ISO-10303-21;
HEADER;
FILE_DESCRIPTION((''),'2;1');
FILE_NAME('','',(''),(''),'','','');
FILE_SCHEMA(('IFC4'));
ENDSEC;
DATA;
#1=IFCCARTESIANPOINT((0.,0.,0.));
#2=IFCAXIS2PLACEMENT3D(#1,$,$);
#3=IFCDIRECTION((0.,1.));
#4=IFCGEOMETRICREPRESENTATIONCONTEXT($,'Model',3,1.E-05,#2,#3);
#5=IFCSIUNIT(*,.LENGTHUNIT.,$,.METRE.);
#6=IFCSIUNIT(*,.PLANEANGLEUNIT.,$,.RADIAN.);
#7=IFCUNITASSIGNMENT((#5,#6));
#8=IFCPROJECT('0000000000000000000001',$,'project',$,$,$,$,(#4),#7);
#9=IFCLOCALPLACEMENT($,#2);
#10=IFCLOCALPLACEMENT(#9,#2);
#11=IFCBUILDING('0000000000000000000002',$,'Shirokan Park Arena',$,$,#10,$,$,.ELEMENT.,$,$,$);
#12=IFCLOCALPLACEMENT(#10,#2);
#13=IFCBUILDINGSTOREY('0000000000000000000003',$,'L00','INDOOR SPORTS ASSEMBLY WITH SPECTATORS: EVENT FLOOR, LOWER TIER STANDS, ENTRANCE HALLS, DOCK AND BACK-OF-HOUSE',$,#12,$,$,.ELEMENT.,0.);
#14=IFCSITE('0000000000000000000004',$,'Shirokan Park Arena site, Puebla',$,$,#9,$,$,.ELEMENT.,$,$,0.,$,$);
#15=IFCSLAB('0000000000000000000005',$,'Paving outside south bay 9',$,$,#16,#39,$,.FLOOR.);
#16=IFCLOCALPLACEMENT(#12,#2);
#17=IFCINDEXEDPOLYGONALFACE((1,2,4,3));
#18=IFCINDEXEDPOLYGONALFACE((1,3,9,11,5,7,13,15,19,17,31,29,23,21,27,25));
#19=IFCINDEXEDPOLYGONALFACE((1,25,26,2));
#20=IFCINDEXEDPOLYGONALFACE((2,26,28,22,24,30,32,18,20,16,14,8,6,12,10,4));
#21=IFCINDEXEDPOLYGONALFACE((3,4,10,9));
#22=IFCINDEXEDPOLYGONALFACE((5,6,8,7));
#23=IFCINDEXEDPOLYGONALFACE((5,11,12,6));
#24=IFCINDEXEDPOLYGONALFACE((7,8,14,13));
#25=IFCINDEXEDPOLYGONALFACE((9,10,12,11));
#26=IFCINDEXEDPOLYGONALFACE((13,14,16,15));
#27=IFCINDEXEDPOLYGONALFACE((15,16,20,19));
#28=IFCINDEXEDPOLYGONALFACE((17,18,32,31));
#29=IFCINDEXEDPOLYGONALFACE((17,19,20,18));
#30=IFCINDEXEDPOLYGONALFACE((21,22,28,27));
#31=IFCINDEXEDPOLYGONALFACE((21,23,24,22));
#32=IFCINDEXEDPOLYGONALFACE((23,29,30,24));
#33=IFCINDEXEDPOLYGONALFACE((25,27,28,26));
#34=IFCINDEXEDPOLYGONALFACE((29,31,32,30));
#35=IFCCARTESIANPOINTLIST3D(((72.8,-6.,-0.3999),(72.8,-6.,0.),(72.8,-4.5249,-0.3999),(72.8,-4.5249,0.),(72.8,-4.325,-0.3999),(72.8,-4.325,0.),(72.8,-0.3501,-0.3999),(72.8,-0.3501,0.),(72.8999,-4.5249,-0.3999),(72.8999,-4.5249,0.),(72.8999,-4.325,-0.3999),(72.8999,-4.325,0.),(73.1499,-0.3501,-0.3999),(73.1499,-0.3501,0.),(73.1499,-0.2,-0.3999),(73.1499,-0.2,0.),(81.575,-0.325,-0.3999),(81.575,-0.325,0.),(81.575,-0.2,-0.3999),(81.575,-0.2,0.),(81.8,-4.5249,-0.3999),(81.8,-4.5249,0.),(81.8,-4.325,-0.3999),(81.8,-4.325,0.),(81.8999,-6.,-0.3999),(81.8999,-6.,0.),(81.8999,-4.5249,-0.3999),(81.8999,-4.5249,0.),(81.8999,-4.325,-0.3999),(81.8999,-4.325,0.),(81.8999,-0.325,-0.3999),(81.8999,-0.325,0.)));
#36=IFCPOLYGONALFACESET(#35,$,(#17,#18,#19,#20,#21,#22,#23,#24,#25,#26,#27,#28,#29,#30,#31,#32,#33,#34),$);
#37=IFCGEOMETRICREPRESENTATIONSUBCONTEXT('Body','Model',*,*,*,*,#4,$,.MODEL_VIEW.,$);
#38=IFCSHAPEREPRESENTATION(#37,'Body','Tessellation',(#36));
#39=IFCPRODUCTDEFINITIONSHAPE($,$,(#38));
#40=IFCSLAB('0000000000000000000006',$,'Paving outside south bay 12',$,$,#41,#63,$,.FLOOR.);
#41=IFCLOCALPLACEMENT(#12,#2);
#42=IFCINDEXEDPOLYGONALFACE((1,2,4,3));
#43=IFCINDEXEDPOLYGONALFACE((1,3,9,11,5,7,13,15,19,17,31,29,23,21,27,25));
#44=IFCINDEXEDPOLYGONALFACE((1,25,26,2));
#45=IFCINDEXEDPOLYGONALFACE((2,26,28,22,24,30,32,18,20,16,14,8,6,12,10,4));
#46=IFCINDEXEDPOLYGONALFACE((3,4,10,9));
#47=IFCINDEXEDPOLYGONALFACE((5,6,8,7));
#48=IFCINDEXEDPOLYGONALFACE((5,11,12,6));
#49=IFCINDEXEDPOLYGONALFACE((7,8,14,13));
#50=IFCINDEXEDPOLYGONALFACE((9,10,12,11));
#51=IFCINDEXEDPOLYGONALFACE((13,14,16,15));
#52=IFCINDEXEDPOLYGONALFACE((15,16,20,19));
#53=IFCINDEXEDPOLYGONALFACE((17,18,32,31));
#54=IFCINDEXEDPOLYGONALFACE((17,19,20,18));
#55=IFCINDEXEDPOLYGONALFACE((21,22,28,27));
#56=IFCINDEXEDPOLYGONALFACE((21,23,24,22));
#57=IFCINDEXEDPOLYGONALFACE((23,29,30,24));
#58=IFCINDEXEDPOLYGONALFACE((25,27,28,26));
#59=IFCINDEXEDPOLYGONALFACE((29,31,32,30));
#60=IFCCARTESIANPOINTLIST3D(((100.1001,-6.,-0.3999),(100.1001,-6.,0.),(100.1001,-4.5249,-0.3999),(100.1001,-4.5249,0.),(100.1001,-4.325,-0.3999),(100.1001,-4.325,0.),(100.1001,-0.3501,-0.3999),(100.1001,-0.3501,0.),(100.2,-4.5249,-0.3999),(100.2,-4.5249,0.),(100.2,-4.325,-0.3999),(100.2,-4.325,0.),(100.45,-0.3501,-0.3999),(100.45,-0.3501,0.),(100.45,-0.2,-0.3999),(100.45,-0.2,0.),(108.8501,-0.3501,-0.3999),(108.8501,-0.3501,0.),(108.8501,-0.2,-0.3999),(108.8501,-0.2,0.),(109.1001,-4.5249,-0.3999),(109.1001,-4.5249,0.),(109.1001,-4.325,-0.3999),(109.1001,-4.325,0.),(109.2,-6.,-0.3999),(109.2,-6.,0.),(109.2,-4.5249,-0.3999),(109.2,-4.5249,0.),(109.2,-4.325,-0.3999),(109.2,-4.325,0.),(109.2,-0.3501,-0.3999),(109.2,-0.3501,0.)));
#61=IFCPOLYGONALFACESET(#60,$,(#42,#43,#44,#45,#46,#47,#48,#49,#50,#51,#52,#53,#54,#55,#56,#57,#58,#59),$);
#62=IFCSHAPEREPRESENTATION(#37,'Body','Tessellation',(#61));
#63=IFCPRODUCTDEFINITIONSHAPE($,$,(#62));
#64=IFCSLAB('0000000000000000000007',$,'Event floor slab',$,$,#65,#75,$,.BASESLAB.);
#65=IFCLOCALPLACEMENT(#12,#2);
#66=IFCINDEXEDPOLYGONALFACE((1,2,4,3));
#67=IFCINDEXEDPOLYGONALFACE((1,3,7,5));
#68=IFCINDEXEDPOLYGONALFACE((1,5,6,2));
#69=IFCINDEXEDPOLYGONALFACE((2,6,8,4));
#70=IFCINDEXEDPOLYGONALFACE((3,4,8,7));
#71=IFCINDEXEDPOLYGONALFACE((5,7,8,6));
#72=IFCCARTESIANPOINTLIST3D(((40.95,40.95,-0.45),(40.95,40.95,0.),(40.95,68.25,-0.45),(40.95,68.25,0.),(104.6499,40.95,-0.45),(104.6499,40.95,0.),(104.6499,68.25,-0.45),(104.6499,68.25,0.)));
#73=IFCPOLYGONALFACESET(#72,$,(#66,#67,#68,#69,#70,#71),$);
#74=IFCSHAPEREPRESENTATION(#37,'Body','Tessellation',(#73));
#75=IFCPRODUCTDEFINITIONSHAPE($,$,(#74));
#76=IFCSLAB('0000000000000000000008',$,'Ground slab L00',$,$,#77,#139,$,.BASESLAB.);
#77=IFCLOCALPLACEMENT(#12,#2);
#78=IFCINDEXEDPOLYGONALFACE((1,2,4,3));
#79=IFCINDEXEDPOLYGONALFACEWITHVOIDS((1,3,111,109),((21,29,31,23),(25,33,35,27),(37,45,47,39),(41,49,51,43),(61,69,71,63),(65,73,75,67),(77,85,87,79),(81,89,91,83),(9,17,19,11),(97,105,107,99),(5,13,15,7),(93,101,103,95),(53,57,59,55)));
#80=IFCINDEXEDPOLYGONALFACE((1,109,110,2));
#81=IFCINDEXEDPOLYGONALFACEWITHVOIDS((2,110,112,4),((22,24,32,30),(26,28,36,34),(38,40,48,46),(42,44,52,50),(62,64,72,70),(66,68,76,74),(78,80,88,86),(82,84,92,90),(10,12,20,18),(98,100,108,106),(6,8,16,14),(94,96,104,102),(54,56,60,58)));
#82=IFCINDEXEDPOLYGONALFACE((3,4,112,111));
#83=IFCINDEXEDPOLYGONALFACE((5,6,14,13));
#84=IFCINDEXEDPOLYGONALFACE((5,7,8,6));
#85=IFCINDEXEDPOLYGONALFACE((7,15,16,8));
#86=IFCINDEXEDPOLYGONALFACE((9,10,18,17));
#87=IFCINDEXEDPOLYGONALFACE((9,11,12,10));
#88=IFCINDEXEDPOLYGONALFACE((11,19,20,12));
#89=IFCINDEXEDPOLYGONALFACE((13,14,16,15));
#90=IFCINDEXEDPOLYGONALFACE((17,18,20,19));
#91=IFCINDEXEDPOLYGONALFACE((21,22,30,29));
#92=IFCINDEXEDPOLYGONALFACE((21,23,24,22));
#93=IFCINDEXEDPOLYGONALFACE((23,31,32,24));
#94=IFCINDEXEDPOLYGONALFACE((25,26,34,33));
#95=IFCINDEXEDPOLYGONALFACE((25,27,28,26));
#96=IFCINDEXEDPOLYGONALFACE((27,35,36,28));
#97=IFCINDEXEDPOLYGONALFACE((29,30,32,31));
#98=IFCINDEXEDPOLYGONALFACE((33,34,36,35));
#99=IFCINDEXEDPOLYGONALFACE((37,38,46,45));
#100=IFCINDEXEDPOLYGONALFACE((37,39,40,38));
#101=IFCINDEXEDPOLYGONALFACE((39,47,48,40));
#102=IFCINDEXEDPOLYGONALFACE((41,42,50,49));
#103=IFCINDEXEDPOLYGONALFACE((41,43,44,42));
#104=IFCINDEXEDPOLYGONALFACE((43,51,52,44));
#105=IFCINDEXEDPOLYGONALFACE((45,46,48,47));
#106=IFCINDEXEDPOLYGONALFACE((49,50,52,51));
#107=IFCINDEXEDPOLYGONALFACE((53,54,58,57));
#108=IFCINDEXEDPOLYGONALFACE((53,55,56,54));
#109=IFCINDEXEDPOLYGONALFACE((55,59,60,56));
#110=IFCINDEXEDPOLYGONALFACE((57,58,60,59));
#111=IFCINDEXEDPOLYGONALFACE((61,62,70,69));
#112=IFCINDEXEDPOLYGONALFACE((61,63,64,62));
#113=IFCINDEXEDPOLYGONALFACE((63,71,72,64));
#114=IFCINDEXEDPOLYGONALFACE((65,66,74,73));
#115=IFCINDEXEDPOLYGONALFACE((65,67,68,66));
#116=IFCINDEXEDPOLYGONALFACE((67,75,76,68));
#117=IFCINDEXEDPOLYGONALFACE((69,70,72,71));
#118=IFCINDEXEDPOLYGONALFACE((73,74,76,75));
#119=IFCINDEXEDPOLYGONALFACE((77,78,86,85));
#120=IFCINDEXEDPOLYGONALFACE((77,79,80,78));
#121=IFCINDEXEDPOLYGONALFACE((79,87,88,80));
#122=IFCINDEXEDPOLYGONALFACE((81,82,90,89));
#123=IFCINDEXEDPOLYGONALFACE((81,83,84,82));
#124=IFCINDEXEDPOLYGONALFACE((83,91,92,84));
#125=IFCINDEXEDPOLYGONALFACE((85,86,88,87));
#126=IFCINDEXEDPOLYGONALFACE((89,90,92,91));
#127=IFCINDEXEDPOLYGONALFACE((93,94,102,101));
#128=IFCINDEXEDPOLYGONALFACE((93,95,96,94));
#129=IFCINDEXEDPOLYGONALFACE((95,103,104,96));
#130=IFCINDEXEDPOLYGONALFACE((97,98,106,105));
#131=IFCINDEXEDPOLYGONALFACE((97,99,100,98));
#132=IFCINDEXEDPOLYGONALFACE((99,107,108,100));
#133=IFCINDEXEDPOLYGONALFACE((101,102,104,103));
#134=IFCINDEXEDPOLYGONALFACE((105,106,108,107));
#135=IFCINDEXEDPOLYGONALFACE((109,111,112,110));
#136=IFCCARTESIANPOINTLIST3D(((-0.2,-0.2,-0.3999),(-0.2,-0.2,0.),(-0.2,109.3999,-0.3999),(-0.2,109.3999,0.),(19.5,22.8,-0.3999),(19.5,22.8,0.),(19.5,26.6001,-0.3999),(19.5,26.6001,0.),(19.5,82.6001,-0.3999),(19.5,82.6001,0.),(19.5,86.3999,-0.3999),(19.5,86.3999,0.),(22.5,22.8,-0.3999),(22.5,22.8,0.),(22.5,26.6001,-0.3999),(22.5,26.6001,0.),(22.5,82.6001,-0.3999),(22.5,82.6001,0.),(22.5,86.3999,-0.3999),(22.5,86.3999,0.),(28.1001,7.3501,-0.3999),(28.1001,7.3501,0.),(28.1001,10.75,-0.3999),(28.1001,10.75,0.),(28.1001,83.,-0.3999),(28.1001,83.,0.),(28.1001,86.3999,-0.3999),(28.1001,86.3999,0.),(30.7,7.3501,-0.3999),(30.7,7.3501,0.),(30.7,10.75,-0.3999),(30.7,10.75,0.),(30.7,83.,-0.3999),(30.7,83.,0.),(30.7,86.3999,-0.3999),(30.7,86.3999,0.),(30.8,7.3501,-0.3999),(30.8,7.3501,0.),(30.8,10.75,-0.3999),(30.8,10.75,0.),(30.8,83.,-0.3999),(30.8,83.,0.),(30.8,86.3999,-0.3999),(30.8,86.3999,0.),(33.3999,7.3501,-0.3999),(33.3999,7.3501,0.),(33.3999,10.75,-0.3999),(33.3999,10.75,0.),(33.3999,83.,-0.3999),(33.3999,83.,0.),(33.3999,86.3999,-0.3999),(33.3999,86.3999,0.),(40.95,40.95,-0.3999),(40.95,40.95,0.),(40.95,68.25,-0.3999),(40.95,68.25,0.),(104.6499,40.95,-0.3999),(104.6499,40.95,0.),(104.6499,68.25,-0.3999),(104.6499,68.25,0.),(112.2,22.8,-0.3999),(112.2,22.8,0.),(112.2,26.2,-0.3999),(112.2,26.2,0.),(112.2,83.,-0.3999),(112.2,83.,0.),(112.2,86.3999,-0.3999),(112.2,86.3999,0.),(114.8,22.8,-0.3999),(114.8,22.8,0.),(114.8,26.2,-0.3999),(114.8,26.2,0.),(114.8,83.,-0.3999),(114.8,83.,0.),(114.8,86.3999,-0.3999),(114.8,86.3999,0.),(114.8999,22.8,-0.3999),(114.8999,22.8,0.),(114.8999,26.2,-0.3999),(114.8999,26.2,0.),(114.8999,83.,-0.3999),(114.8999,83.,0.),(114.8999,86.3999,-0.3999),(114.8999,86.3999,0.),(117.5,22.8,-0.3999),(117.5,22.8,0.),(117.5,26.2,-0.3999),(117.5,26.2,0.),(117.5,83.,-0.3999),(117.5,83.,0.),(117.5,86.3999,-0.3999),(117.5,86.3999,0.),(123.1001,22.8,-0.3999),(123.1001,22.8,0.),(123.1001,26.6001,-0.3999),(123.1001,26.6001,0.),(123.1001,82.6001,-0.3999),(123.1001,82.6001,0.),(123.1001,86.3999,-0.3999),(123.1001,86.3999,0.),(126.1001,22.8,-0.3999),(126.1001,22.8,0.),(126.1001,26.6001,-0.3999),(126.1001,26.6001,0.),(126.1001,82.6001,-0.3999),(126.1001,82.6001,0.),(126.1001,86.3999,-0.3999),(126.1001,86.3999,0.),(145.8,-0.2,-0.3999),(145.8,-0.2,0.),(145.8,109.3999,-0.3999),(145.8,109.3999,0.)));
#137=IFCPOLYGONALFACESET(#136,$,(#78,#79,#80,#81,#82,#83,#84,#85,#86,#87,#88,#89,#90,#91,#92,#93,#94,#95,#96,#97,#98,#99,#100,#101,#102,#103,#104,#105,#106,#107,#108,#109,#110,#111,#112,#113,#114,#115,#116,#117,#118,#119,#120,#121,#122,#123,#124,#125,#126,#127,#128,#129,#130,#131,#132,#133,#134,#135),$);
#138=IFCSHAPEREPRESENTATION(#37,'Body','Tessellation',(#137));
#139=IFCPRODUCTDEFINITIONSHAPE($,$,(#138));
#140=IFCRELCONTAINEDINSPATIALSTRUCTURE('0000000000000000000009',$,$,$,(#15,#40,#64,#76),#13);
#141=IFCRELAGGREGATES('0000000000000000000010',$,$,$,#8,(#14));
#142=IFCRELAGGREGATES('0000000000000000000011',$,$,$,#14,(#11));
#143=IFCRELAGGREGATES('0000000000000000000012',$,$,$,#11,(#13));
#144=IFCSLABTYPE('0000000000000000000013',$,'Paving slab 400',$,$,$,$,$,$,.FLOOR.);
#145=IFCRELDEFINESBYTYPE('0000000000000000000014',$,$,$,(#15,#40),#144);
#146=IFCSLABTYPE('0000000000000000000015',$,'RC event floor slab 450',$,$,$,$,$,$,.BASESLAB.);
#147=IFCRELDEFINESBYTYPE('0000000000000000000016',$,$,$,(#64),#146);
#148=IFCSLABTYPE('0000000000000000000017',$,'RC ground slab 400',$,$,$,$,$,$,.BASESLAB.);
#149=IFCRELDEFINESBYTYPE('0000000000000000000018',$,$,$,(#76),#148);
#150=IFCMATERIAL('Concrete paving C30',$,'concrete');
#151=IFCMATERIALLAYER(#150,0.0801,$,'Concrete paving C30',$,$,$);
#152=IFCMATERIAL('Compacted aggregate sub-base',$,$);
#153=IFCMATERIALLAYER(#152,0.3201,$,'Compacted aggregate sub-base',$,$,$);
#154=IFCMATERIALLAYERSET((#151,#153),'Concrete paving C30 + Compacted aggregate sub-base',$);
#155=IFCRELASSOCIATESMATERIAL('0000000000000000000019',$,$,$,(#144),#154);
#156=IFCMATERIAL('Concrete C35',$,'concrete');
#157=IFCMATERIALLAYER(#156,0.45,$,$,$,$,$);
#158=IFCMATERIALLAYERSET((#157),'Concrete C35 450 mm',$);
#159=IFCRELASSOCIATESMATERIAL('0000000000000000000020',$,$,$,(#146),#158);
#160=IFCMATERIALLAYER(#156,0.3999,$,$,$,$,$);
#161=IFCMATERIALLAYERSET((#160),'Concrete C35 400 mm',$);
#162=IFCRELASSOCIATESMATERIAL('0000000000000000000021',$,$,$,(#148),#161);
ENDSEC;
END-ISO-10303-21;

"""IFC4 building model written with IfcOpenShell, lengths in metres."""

from ifc_helpers import new_model, si_unit, direction, frame, origin, place, context, subcontext, project, spatial, polyline, outline, extrude, material, layer, layer_set, type_object, element, save


model = new_model("IFC4")

# Units and contexts
model_context = context("Model", 3, precision=1e-05, world=origin(), true_north=direction((0.0, 1.0)))
body_context = subcontext(model_context, "Body", "Model", "MODEL_VIEW")
ifc_project = project(units=[si_unit("LENGTHUNIT", "METRE"), si_unit("PLANEANGLEUNIT", "RADIAN")], contexts=[model_context])

# Site, building, storey
site_placement = place(None, origin())
site = spatial("IfcSite", under=ifc_project, at=site_placement, Name="Shirokan Park Arena site, Puebla", CompositionType="ELEMENT", RefElevation=0.0)
building_placement = place(site_placement, origin())
building = spatial("IfcBuilding", under=site, at=building_placement, Name="Shirokan Park Arena", CompositionType="ELEMENT")
storey_placement = place(building_placement, origin())
storey = spatial("IfcBuildingStorey", under=building, at=storey_placement, Name="L00", Description="INDOOR SPORTS ASSEMBLY WITH SPECTATORS: EVENT FLOOR, LOWER TIER STANDS, ENTRANCE HALLS, DOCK AND BACK-OF-HOUSE", CompositionType="ELEMENT", Elevation=0.0)

# Shared definitions
ifc_material_1 = material(Name="Concrete C35", Category="concrete")

# Slabs
ifc_material_2 = material(Name="Concrete paving C30", Category="concrete")
ifc_layer_1 = layer(ifc_material_2, 0.0801, Name="Concrete paving C30")
ifc_material_3 = material(Name="Compacted aggregate sub-base")
ifc_layer_2 = layer(ifc_material_3, 0.3201, Name="Compacted aggregate sub-base")
ifc_layer_set_1 = layer_set([ifc_layer_1, ifc_layer_2], Name="Concrete paving C30 + Compacted aggregate sub-base")
slab_type_1 = type_object("IfcSlabType", Name="Paving slab 400", PredefinedType="FLOOR", material=ifc_layer_set_1)
slab_1_placement = place(storey_placement, frame((0.0, 0.0, -0.3999)))
element("IfcSlab", 1, at=slab_1_placement, inside=storey, type_object=slab_type_1, Name="Paving outside south bay 9", PredefinedType="FLOOR", context=body_context, shape_type="SweptSolid", body=[
    extrude(outline(polyline([(81.575, -0.325), (81.8999, -0.325), (81.8999, -4.325), (81.8, -4.325), (81.8, -4.5249), (81.8999, -4.5249), (81.8999, -6.0), (72.8, -6.0), (72.8, -4.5249), (72.8999, -4.5249), (72.8999, -4.325), (72.8, -4.325), (72.8, -0.3501), (73.1499, -0.3501), (73.1499, -0.2), (81.575, -0.2), (81.575, -0.325)])), origin(), (0.0, 0.0, 1.0), 0.3999),
])
slab_2_placement = place(storey_placement, frame((0.0, 0.0, -0.3999)))
element("IfcSlab", 2, at=slab_2_placement, inside=storey, type_object=slab_type_1, Name="Paving outside south bay 12", PredefinedType="FLOOR", context=body_context, shape_type="SweptSolid", body=[
    extrude(outline(polyline([(108.8501, -0.3501), (109.2, -0.3501), (109.2, -4.325), (109.1001, -4.325), (109.1001, -4.5249), (109.2, -4.5249), (109.2, -6.0), (100.1001, -6.0), (100.1001, -4.5249), (100.2, -4.5249), (100.2, -4.325), (100.1001, -4.325), (100.1001, -0.3501), (100.45, -0.3501), (100.45, -0.2), (108.8501, -0.2), (108.8501, -0.3501)])), origin(), (0.0, 0.0, 1.0), 0.3999),
])
ifc_layer_3 = layer(ifc_material_1, 0.45)
ifc_layer_set_2 = layer_set([ifc_layer_3], Name="Concrete C35 450 mm")
slab_type_2 = type_object("IfcSlabType", Name="RC event floor slab 450", PredefinedType="BASESLAB", material=ifc_layer_set_2)
slab_3_placement = place(storey_placement, frame((0.0, 0.0, -0.45)))
element("IfcSlab", 3, at=slab_3_placement, inside=storey, type_object=slab_type_2, Name="Event floor slab", PredefinedType="BASESLAB", context=body_context, shape_type="SweptSolid", body=[
    extrude(outline(polyline([(104.6499, 40.95), (104.6499, 68.25), (40.95, 68.25), (40.95, 40.95), (104.6499, 40.95)])), origin(), (0.0, 0.0, 1.0), 0.45),
])
ifc_layer_4 = layer(ifc_material_1, 0.3999)
ifc_layer_set_3 = layer_set([ifc_layer_4], Name="Concrete C35 400 mm")
slab_type_3 = type_object("IfcSlabType", Name="RC ground slab 400", PredefinedType="BASESLAB", material=ifc_layer_set_3)
slab_4_placement = place(storey_placement, frame((0.0, 0.0, -0.3999)))
element("IfcSlab", 4, at=slab_4_placement, inside=storey, type_object=slab_type_3, Name="Ground slab L00", PredefinedType="BASESLAB", context=body_context, shape_type="SweptSolid", body=[
    extrude(outline(polyline([(-0.2, 109.3999), (145.8, 109.3999), (145.8, -0.2), (-0.2, -0.2), (-0.2, 109.3999)]), holes=[polyline([(40.95, 68.25), (40.95, 40.95), (104.6499, 40.95), (104.6499, 68.25), (40.95, 68.25)]), polyline([(28.1001, 10.75), (28.1001, 7.3501), (30.7, 7.3501), (30.7, 10.75), (28.1001, 10.75)]), polyline([(33.3999, 10.75), (30.8, 10.75), (30.8, 7.3501), (33.3999, 7.3501), (33.3999, 10.75)]), polyline([(22.5, 26.6001), (19.5, 26.6001), (19.5, 22.8), (22.5, 22.8), (22.5, 26.6001)]), polyline([(19.5, 86.3999), (19.5, 82.6001), (22.5, 82.6001), (22.5, 86.3999), (19.5, 86.3999)]), polyline([(30.7, 86.3999), (28.1001, 86.3999), (28.1001, 83.0), (30.7, 83.0), (30.7, 86.3999)]), polyline([(33.3999, 86.3999), (30.8, 86.3999), (30.8, 83.0), (33.3999, 83.0), (33.3999, 86.3999)]), polyline([(112.2, 26.2), (112.2, 22.8), (114.8, 22.8), (114.8, 26.2), (112.2, 26.2)]), polyline([(117.5, 26.2), (114.8999, 26.2), (114.8999, 22.8), (117.5, 22.8), (117.5, 26.2)]), polyline([(126.1001, 26.6001), (123.1001, 26.6001), (123.1001, 22.8), (126.1001, 22.8), (126.1001, 26.6001)]), polyline([(123.1001, 86.3999), (123.1001, 82.6001), (126.1001, 82.6001), (126.1001, 86.3999), (123.1001, 86.3999)]), polyline([(114.8, 86.3999), (112.2, 86.3999), (112.2, 83.0), (114.8, 83.0), (114.8, 86.3999)]), polyline([(117.5, 86.3999), (114.8999, 86.3999), (114.8999, 83.0), (117.5, 83.0), (117.5, 86.3999)])]), origin(), (0.0, 0.0, 1.0), 0.3999),
])

save(model, "model.ifc")
